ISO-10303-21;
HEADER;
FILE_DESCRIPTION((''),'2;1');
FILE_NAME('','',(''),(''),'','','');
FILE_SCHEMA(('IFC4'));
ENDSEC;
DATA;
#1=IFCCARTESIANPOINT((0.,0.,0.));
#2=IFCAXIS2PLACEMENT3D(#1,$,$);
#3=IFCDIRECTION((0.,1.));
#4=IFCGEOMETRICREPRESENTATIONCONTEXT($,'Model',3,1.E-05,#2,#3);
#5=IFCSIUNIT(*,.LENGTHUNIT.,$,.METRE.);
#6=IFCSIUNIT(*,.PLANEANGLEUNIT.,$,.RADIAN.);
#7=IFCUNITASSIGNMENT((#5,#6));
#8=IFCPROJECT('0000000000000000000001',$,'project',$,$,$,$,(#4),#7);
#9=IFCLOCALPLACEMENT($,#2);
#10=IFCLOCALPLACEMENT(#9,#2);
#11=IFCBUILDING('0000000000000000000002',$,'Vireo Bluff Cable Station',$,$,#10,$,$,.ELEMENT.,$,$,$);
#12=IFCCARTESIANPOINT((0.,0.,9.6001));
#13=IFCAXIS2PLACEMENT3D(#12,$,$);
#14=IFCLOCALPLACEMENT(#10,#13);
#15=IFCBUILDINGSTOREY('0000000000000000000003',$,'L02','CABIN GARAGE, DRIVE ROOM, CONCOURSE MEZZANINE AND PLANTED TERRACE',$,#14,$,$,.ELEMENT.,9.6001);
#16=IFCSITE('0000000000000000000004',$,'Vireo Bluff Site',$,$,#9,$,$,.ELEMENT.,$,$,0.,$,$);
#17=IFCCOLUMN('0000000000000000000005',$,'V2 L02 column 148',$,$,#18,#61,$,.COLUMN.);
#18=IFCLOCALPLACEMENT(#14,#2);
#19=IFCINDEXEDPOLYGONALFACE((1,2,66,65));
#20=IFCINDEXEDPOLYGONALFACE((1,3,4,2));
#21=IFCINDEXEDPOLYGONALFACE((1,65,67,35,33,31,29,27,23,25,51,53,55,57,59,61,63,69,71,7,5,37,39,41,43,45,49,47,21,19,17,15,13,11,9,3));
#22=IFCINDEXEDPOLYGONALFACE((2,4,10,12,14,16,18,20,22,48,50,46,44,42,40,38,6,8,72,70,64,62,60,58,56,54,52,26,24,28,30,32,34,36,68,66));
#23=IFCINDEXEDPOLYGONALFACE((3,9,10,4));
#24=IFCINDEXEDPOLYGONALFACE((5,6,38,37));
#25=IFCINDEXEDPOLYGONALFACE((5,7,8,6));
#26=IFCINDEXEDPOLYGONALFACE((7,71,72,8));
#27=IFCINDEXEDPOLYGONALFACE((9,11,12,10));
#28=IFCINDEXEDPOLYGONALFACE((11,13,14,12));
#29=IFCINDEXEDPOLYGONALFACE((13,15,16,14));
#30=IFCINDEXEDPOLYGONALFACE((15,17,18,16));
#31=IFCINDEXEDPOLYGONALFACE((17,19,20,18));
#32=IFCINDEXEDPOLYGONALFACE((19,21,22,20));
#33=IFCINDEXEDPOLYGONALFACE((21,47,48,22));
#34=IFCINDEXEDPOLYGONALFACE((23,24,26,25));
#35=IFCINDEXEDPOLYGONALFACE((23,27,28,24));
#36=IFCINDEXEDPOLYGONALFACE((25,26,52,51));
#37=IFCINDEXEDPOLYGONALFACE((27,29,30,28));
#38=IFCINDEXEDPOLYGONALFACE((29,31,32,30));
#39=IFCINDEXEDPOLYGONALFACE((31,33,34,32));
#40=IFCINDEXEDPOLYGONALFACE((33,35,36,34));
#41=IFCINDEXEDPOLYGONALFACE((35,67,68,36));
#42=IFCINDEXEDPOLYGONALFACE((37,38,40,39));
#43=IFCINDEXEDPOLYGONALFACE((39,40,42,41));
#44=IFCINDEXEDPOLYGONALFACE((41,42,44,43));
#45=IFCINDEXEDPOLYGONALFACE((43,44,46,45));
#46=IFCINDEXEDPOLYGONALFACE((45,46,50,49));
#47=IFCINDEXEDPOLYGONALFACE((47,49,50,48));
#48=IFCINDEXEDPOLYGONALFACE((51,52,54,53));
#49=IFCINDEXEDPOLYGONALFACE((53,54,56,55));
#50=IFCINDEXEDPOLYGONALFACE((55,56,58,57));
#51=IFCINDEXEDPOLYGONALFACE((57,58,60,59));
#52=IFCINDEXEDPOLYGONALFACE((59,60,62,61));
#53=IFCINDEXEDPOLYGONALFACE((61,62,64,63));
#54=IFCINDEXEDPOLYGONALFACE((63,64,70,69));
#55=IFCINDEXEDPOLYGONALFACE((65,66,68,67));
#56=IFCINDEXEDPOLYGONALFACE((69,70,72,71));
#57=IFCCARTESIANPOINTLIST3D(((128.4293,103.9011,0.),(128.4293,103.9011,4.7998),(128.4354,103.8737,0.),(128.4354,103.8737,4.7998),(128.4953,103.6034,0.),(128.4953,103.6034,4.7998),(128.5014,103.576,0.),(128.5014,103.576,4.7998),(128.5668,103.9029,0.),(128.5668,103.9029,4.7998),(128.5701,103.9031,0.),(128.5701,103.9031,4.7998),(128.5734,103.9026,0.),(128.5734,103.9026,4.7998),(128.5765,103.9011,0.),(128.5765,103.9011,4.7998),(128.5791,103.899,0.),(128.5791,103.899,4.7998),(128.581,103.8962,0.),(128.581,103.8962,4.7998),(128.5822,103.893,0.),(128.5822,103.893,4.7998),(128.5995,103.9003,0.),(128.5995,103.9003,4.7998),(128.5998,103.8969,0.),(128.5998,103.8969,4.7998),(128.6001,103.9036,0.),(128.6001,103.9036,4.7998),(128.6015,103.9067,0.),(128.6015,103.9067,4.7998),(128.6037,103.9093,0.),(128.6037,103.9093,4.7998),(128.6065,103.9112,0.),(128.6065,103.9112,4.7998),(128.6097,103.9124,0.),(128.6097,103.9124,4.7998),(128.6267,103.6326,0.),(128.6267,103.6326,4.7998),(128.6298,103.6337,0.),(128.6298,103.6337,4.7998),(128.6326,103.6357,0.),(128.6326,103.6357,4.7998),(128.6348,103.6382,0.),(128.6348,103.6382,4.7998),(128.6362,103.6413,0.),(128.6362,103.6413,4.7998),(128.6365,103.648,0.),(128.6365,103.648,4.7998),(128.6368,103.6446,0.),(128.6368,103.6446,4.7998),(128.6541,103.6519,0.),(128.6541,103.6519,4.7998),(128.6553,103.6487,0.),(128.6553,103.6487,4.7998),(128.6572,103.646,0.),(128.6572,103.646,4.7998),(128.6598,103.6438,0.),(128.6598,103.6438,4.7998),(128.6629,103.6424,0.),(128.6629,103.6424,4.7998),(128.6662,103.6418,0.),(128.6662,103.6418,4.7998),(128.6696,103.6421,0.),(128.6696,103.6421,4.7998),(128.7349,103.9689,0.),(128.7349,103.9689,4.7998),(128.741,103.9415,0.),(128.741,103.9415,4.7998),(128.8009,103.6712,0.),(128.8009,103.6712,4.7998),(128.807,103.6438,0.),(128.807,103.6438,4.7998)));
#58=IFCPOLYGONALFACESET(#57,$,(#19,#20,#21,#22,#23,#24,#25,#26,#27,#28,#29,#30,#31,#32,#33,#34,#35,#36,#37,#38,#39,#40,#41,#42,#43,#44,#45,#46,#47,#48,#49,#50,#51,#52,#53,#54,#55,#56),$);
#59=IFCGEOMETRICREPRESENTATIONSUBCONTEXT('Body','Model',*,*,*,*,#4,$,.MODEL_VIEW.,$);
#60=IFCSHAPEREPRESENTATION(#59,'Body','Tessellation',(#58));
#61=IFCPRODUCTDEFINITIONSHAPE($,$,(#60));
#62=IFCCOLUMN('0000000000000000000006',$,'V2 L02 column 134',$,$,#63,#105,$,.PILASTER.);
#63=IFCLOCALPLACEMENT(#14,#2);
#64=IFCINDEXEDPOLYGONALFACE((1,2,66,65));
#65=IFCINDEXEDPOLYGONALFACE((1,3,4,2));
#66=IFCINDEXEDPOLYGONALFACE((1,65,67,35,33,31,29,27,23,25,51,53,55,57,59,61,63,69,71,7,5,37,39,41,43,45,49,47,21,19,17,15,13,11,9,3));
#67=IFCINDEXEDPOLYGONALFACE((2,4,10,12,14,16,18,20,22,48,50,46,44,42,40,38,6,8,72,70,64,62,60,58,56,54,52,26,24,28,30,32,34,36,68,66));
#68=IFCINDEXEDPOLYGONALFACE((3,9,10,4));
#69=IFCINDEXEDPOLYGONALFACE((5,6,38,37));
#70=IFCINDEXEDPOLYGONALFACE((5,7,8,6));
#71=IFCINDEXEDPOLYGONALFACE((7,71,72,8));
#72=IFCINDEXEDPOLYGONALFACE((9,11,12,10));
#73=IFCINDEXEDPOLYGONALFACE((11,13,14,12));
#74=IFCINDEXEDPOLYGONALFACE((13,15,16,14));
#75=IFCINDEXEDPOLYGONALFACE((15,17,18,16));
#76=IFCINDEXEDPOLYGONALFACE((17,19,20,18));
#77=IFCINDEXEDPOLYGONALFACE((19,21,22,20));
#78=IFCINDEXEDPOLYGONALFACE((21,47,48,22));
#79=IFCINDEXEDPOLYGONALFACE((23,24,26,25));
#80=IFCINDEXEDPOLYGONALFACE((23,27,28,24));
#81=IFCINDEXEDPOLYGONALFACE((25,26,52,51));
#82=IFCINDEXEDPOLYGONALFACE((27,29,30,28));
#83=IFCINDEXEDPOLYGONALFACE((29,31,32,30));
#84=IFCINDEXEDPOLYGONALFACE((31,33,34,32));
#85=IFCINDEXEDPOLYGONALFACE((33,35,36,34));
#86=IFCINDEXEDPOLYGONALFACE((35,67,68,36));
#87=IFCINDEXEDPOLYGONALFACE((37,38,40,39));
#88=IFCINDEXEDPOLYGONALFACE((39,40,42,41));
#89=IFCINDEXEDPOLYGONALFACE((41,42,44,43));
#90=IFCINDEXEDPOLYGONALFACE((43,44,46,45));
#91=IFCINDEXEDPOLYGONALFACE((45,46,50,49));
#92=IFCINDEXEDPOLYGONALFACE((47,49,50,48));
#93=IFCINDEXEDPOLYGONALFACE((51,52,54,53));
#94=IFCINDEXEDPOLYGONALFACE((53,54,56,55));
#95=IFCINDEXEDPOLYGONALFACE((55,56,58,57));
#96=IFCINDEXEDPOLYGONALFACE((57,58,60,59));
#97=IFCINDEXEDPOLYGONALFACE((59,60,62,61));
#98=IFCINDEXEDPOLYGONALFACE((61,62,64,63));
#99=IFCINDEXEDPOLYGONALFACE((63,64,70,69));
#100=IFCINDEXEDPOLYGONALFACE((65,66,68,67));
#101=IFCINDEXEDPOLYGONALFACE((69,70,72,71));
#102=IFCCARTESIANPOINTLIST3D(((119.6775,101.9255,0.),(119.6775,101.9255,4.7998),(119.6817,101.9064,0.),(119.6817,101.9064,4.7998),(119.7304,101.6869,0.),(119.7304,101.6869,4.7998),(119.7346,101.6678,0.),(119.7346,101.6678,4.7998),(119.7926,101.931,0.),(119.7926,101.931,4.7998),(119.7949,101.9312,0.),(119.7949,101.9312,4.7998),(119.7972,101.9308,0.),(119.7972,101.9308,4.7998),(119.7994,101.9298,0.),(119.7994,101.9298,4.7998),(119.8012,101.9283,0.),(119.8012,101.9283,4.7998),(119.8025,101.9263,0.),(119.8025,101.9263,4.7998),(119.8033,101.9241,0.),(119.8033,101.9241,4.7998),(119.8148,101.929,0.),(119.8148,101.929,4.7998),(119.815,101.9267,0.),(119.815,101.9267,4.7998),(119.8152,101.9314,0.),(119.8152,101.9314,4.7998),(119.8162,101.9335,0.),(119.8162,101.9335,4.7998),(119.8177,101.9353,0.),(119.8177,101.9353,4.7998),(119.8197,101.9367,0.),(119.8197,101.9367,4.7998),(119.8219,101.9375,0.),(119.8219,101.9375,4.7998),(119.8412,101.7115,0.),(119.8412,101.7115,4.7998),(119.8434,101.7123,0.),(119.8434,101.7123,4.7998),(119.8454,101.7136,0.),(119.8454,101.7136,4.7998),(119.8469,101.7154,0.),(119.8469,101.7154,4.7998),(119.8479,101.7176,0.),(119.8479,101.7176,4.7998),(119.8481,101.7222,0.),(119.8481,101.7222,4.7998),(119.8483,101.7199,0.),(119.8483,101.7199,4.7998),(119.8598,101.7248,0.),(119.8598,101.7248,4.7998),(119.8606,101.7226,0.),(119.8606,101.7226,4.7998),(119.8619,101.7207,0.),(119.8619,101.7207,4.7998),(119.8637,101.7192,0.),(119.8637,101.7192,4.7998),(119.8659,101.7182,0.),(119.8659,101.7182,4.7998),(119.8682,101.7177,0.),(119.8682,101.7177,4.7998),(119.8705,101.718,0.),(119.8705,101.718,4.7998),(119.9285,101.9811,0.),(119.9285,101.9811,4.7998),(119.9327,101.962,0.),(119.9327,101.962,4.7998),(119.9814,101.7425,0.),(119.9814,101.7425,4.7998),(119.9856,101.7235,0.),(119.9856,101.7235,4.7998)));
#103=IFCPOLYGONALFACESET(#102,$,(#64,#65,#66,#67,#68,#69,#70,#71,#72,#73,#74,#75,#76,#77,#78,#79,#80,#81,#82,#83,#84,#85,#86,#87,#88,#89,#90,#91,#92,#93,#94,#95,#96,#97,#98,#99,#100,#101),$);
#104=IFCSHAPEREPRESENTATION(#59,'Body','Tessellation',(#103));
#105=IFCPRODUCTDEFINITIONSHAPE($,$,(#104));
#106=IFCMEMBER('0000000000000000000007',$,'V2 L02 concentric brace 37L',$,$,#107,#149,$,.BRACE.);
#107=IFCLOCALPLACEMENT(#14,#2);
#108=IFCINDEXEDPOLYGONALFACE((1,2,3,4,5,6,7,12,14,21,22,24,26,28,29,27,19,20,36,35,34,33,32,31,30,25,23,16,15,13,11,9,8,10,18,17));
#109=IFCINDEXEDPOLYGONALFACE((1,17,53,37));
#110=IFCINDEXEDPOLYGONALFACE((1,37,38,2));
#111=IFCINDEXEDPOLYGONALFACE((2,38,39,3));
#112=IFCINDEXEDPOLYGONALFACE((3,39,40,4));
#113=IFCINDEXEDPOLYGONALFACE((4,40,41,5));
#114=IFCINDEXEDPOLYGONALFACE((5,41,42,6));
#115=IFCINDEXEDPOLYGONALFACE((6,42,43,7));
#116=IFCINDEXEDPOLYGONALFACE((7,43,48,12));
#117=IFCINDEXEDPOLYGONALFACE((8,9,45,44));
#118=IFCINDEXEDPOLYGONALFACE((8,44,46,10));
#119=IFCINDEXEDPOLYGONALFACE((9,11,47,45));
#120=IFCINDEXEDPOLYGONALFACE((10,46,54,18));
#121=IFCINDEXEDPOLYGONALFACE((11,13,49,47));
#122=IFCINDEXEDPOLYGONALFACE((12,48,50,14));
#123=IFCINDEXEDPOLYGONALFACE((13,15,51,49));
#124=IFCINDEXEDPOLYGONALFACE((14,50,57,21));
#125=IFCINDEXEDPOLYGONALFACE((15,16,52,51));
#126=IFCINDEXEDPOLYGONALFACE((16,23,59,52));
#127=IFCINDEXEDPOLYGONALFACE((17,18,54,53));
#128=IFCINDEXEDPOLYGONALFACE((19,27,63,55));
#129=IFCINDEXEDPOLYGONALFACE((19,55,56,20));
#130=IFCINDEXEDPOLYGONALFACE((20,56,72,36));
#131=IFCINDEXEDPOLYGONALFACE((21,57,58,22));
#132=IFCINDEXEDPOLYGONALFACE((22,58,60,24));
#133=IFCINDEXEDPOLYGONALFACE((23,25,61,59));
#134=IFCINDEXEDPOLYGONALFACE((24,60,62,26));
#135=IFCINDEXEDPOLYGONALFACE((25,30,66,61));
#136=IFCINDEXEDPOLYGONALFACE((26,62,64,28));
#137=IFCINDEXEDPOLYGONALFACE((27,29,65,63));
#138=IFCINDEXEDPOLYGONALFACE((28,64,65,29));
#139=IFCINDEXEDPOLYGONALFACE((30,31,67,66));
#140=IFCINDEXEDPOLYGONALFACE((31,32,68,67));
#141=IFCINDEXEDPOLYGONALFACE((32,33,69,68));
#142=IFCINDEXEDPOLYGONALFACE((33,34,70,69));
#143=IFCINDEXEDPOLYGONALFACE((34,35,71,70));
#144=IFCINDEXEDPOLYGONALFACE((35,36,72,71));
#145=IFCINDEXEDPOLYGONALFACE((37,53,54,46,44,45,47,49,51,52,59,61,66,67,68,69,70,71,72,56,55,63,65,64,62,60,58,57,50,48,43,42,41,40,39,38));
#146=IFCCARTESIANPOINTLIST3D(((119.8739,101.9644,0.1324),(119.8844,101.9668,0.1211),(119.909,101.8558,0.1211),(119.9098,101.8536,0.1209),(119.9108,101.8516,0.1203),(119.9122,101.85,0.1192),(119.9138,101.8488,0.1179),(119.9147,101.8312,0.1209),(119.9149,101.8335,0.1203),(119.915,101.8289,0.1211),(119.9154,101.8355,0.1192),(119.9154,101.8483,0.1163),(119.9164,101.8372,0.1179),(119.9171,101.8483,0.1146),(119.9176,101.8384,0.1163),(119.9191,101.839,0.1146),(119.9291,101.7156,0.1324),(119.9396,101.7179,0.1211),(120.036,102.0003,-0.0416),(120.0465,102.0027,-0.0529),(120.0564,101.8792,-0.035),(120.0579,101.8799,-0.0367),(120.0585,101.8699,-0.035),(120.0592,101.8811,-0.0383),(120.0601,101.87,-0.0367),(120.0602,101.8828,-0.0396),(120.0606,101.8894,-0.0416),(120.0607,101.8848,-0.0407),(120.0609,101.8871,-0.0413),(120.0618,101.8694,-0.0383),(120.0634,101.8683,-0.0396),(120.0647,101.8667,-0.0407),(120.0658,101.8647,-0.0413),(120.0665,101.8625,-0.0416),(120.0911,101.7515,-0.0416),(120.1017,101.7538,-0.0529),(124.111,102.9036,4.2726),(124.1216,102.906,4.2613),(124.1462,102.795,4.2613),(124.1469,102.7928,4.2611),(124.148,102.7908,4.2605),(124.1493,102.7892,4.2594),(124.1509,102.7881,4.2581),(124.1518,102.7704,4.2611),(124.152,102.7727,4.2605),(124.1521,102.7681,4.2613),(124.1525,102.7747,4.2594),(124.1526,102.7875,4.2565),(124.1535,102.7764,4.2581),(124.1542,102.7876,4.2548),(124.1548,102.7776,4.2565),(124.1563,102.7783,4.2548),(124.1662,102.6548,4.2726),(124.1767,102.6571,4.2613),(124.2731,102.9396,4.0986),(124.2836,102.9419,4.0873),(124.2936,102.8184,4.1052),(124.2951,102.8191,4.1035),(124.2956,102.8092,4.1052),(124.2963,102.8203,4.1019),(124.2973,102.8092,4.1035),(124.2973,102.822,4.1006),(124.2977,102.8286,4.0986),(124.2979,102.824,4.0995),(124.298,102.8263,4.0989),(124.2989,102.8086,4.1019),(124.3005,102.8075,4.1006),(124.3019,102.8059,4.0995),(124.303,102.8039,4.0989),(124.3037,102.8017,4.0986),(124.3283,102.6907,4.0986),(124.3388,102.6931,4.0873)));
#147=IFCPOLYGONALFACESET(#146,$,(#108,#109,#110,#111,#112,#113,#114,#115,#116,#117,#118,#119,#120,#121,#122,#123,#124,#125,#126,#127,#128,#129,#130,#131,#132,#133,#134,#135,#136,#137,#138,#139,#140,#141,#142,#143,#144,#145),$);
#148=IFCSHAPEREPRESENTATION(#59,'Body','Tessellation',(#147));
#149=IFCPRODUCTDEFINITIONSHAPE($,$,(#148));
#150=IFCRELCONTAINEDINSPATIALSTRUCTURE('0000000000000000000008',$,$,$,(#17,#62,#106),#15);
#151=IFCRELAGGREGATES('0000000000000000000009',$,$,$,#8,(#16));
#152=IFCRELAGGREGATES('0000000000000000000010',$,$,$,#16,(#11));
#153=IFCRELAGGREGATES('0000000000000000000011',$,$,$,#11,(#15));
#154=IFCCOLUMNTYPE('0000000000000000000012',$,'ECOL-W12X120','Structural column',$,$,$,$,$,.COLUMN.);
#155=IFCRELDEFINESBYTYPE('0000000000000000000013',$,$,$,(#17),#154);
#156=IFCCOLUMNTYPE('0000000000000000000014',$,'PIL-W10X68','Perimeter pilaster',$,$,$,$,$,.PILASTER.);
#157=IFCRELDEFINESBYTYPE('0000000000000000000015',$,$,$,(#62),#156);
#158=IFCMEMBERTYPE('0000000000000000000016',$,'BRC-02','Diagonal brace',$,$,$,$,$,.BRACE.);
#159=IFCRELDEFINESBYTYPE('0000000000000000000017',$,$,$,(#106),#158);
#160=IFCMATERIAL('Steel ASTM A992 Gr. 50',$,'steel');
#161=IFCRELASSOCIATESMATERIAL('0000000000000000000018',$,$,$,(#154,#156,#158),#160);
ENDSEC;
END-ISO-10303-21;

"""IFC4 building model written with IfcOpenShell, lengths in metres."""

from ifc_helpers import new_model, si_unit, direction, frame, origin, origin_2d, place, context, subcontext, project, spatial, i_section, extrude, material, material_profile, profile_set, type_object, element, save


model = new_model("IFC4")

# Units and contexts
model_context = context("Model", 3, precision=1e-05, world=origin(), true_north=direction((0.0, 1.0)))
body_context = subcontext(model_context, "Body", "Model", "MODEL_VIEW")
ifc_project = project(units=[si_unit("LENGTHUNIT", "METRE"), si_unit("PLANEANGLEUNIT", "RADIAN")], contexts=[model_context])

# Site, building, storey
site_placement = place(None, origin())
site = spatial("IfcSite", under=ifc_project, at=site_placement, Name="Vireo Bluff Site", CompositionType="ELEMENT", RefElevation=0.0)
building_placement = place(site_placement, origin())
building = spatial("IfcBuilding", under=site, at=building_placement, Name="Vireo Bluff Cable Station", CompositionType="ELEMENT")
storey_placement = place(building_placement, frame((0.0, 0.0, 9.6001)))
storey = spatial("IfcBuildingStorey", under=building, at=storey_placement, Name="L02", Description="CABIN GARAGE, DRIVE ROOM, CONCOURSE MEZZANINE AND PLANTED TERRACE", CompositionType="ELEMENT", Elevation=9.6001)

# Columns
ifc_material_1 = material(Name="Steel ASTM A992 Gr. 50", Category="steel")
ifc_material_profile_1 = material_profile(ifc_material_1, i_section(OverallWidth=0.313, OverallDepth=0.333, WebThickness=0.0181, FlangeThickness=0.0281, FilletRadius=0.0129, at=origin_2d()), Name="W12X120")
ifc_profile_set_1 = profile_set([ifc_material_profile_1], Name="Steel ASTM A992 Gr. 50")
column_type_1 = type_object("IfcColumnType", Name="ECOL-W12X120", Description="Structural column", PredefinedType="COLUMN", material=ifc_profile_set_1)
column_1_placement = place(storey_placement, frame((128.6182, 103.7725, 0.0), z_axis=(0.0, 0.0, 1.0), x_axis=(0.976296, 0.21644, 0.0)))
element("IfcColumn", 1, at=column_1_placement, inside=storey, type_object=column_type_1, Name="V2 L02 column 148", PredefinedType="COLUMN", context=body_context, shape_type="SweptSolid", body=[
    extrude(i_section(OverallWidth=0.313, OverallDepth=0.333, WebThickness=0.0181, FlangeThickness=0.0281, FilletRadius=0.0129, at=origin_2d()), origin(), (0.0, 0.0, 1.0), 4.7998),
])
ifc_material_profile_2 = material_profile(ifc_material_1, i_section(OverallWidth=0.2571, OverallDepth=0.2639, WebThickness=0.012, FlangeThickness=0.0195, FilletRadius=0.009, at=origin_2d()), Name="W10X68")
ifc_profile_set_2 = profile_set([ifc_material_profile_2], Name="Steel ASTM A992 Gr. 50")
column_type_2 = type_object("IfcColumnType", Name="PIL-W10X68", Description="Perimeter pilaster", PredefinedType="PILASTER", material=ifc_profile_set_2)
column_2_placement = place(storey_placement, frame((119.8315, 101.8245, 0.0), z_axis=(0.0, 0.0, 1.0), x_axis=(0.976296, 0.21644, 0.0)))
element("IfcColumn", 2, at=column_2_placement, inside=storey, type_object=column_type_2, Name="V2 L02 column 134", PredefinedType="PILASTER", context=body_context, shape_type="SweptSolid", body=[
    extrude(i_section(OverallWidth=0.2571, OverallDepth=0.2639, WebThickness=0.012, FlangeThickness=0.0195, FilletRadius=0.009, at=origin_2d()), origin(), (0.0, 0.0, 1.0), 4.7998),
])

# Member
ifc_material_profile_3 = material_profile(ifc_material_1, i_section(OverallWidth=0.2549, OverallDepth=0.2561, WebThickness=0.0095, FlangeThickness=0.0156, FilletRadius=0.009, at=origin_2d()), Name="W10X54")
ifc_profile_set_3 = profile_set([ifc_material_profile_3], Name="Steel ASTM A992 Gr. 50")
member_type_1 = type_object("IfcMemberType", Name="BRC-02", Description="Diagonal brace", PredefinedType="BRACE", material=ifc_profile_set_3)
member_1_placement = place(storey_placement, frame((119.9878, 101.8591, 0.0398), z_axis=(0.706417, 0.156588, 0.690257), x_axis=(-0.216412, 0.976302, 0.0)))
element("IfcMember", 3, at=member_1_placement, inside=storey, type_object=member_type_1, Name="V2 L02 concentric brace 37L", PredefinedType="BRACE", context=body_context, shape_type="SweptSolid", body=[
    extrude(i_section(OverallWidth=0.2549, OverallDepth=0.2561, WebThickness=0.0095, FlangeThickness=0.0156, FilletRadius=0.009, at=origin_2d()), origin(), (0.0, 0.0, 1.0), 5.998),
])

save(model, "model.ifc")
